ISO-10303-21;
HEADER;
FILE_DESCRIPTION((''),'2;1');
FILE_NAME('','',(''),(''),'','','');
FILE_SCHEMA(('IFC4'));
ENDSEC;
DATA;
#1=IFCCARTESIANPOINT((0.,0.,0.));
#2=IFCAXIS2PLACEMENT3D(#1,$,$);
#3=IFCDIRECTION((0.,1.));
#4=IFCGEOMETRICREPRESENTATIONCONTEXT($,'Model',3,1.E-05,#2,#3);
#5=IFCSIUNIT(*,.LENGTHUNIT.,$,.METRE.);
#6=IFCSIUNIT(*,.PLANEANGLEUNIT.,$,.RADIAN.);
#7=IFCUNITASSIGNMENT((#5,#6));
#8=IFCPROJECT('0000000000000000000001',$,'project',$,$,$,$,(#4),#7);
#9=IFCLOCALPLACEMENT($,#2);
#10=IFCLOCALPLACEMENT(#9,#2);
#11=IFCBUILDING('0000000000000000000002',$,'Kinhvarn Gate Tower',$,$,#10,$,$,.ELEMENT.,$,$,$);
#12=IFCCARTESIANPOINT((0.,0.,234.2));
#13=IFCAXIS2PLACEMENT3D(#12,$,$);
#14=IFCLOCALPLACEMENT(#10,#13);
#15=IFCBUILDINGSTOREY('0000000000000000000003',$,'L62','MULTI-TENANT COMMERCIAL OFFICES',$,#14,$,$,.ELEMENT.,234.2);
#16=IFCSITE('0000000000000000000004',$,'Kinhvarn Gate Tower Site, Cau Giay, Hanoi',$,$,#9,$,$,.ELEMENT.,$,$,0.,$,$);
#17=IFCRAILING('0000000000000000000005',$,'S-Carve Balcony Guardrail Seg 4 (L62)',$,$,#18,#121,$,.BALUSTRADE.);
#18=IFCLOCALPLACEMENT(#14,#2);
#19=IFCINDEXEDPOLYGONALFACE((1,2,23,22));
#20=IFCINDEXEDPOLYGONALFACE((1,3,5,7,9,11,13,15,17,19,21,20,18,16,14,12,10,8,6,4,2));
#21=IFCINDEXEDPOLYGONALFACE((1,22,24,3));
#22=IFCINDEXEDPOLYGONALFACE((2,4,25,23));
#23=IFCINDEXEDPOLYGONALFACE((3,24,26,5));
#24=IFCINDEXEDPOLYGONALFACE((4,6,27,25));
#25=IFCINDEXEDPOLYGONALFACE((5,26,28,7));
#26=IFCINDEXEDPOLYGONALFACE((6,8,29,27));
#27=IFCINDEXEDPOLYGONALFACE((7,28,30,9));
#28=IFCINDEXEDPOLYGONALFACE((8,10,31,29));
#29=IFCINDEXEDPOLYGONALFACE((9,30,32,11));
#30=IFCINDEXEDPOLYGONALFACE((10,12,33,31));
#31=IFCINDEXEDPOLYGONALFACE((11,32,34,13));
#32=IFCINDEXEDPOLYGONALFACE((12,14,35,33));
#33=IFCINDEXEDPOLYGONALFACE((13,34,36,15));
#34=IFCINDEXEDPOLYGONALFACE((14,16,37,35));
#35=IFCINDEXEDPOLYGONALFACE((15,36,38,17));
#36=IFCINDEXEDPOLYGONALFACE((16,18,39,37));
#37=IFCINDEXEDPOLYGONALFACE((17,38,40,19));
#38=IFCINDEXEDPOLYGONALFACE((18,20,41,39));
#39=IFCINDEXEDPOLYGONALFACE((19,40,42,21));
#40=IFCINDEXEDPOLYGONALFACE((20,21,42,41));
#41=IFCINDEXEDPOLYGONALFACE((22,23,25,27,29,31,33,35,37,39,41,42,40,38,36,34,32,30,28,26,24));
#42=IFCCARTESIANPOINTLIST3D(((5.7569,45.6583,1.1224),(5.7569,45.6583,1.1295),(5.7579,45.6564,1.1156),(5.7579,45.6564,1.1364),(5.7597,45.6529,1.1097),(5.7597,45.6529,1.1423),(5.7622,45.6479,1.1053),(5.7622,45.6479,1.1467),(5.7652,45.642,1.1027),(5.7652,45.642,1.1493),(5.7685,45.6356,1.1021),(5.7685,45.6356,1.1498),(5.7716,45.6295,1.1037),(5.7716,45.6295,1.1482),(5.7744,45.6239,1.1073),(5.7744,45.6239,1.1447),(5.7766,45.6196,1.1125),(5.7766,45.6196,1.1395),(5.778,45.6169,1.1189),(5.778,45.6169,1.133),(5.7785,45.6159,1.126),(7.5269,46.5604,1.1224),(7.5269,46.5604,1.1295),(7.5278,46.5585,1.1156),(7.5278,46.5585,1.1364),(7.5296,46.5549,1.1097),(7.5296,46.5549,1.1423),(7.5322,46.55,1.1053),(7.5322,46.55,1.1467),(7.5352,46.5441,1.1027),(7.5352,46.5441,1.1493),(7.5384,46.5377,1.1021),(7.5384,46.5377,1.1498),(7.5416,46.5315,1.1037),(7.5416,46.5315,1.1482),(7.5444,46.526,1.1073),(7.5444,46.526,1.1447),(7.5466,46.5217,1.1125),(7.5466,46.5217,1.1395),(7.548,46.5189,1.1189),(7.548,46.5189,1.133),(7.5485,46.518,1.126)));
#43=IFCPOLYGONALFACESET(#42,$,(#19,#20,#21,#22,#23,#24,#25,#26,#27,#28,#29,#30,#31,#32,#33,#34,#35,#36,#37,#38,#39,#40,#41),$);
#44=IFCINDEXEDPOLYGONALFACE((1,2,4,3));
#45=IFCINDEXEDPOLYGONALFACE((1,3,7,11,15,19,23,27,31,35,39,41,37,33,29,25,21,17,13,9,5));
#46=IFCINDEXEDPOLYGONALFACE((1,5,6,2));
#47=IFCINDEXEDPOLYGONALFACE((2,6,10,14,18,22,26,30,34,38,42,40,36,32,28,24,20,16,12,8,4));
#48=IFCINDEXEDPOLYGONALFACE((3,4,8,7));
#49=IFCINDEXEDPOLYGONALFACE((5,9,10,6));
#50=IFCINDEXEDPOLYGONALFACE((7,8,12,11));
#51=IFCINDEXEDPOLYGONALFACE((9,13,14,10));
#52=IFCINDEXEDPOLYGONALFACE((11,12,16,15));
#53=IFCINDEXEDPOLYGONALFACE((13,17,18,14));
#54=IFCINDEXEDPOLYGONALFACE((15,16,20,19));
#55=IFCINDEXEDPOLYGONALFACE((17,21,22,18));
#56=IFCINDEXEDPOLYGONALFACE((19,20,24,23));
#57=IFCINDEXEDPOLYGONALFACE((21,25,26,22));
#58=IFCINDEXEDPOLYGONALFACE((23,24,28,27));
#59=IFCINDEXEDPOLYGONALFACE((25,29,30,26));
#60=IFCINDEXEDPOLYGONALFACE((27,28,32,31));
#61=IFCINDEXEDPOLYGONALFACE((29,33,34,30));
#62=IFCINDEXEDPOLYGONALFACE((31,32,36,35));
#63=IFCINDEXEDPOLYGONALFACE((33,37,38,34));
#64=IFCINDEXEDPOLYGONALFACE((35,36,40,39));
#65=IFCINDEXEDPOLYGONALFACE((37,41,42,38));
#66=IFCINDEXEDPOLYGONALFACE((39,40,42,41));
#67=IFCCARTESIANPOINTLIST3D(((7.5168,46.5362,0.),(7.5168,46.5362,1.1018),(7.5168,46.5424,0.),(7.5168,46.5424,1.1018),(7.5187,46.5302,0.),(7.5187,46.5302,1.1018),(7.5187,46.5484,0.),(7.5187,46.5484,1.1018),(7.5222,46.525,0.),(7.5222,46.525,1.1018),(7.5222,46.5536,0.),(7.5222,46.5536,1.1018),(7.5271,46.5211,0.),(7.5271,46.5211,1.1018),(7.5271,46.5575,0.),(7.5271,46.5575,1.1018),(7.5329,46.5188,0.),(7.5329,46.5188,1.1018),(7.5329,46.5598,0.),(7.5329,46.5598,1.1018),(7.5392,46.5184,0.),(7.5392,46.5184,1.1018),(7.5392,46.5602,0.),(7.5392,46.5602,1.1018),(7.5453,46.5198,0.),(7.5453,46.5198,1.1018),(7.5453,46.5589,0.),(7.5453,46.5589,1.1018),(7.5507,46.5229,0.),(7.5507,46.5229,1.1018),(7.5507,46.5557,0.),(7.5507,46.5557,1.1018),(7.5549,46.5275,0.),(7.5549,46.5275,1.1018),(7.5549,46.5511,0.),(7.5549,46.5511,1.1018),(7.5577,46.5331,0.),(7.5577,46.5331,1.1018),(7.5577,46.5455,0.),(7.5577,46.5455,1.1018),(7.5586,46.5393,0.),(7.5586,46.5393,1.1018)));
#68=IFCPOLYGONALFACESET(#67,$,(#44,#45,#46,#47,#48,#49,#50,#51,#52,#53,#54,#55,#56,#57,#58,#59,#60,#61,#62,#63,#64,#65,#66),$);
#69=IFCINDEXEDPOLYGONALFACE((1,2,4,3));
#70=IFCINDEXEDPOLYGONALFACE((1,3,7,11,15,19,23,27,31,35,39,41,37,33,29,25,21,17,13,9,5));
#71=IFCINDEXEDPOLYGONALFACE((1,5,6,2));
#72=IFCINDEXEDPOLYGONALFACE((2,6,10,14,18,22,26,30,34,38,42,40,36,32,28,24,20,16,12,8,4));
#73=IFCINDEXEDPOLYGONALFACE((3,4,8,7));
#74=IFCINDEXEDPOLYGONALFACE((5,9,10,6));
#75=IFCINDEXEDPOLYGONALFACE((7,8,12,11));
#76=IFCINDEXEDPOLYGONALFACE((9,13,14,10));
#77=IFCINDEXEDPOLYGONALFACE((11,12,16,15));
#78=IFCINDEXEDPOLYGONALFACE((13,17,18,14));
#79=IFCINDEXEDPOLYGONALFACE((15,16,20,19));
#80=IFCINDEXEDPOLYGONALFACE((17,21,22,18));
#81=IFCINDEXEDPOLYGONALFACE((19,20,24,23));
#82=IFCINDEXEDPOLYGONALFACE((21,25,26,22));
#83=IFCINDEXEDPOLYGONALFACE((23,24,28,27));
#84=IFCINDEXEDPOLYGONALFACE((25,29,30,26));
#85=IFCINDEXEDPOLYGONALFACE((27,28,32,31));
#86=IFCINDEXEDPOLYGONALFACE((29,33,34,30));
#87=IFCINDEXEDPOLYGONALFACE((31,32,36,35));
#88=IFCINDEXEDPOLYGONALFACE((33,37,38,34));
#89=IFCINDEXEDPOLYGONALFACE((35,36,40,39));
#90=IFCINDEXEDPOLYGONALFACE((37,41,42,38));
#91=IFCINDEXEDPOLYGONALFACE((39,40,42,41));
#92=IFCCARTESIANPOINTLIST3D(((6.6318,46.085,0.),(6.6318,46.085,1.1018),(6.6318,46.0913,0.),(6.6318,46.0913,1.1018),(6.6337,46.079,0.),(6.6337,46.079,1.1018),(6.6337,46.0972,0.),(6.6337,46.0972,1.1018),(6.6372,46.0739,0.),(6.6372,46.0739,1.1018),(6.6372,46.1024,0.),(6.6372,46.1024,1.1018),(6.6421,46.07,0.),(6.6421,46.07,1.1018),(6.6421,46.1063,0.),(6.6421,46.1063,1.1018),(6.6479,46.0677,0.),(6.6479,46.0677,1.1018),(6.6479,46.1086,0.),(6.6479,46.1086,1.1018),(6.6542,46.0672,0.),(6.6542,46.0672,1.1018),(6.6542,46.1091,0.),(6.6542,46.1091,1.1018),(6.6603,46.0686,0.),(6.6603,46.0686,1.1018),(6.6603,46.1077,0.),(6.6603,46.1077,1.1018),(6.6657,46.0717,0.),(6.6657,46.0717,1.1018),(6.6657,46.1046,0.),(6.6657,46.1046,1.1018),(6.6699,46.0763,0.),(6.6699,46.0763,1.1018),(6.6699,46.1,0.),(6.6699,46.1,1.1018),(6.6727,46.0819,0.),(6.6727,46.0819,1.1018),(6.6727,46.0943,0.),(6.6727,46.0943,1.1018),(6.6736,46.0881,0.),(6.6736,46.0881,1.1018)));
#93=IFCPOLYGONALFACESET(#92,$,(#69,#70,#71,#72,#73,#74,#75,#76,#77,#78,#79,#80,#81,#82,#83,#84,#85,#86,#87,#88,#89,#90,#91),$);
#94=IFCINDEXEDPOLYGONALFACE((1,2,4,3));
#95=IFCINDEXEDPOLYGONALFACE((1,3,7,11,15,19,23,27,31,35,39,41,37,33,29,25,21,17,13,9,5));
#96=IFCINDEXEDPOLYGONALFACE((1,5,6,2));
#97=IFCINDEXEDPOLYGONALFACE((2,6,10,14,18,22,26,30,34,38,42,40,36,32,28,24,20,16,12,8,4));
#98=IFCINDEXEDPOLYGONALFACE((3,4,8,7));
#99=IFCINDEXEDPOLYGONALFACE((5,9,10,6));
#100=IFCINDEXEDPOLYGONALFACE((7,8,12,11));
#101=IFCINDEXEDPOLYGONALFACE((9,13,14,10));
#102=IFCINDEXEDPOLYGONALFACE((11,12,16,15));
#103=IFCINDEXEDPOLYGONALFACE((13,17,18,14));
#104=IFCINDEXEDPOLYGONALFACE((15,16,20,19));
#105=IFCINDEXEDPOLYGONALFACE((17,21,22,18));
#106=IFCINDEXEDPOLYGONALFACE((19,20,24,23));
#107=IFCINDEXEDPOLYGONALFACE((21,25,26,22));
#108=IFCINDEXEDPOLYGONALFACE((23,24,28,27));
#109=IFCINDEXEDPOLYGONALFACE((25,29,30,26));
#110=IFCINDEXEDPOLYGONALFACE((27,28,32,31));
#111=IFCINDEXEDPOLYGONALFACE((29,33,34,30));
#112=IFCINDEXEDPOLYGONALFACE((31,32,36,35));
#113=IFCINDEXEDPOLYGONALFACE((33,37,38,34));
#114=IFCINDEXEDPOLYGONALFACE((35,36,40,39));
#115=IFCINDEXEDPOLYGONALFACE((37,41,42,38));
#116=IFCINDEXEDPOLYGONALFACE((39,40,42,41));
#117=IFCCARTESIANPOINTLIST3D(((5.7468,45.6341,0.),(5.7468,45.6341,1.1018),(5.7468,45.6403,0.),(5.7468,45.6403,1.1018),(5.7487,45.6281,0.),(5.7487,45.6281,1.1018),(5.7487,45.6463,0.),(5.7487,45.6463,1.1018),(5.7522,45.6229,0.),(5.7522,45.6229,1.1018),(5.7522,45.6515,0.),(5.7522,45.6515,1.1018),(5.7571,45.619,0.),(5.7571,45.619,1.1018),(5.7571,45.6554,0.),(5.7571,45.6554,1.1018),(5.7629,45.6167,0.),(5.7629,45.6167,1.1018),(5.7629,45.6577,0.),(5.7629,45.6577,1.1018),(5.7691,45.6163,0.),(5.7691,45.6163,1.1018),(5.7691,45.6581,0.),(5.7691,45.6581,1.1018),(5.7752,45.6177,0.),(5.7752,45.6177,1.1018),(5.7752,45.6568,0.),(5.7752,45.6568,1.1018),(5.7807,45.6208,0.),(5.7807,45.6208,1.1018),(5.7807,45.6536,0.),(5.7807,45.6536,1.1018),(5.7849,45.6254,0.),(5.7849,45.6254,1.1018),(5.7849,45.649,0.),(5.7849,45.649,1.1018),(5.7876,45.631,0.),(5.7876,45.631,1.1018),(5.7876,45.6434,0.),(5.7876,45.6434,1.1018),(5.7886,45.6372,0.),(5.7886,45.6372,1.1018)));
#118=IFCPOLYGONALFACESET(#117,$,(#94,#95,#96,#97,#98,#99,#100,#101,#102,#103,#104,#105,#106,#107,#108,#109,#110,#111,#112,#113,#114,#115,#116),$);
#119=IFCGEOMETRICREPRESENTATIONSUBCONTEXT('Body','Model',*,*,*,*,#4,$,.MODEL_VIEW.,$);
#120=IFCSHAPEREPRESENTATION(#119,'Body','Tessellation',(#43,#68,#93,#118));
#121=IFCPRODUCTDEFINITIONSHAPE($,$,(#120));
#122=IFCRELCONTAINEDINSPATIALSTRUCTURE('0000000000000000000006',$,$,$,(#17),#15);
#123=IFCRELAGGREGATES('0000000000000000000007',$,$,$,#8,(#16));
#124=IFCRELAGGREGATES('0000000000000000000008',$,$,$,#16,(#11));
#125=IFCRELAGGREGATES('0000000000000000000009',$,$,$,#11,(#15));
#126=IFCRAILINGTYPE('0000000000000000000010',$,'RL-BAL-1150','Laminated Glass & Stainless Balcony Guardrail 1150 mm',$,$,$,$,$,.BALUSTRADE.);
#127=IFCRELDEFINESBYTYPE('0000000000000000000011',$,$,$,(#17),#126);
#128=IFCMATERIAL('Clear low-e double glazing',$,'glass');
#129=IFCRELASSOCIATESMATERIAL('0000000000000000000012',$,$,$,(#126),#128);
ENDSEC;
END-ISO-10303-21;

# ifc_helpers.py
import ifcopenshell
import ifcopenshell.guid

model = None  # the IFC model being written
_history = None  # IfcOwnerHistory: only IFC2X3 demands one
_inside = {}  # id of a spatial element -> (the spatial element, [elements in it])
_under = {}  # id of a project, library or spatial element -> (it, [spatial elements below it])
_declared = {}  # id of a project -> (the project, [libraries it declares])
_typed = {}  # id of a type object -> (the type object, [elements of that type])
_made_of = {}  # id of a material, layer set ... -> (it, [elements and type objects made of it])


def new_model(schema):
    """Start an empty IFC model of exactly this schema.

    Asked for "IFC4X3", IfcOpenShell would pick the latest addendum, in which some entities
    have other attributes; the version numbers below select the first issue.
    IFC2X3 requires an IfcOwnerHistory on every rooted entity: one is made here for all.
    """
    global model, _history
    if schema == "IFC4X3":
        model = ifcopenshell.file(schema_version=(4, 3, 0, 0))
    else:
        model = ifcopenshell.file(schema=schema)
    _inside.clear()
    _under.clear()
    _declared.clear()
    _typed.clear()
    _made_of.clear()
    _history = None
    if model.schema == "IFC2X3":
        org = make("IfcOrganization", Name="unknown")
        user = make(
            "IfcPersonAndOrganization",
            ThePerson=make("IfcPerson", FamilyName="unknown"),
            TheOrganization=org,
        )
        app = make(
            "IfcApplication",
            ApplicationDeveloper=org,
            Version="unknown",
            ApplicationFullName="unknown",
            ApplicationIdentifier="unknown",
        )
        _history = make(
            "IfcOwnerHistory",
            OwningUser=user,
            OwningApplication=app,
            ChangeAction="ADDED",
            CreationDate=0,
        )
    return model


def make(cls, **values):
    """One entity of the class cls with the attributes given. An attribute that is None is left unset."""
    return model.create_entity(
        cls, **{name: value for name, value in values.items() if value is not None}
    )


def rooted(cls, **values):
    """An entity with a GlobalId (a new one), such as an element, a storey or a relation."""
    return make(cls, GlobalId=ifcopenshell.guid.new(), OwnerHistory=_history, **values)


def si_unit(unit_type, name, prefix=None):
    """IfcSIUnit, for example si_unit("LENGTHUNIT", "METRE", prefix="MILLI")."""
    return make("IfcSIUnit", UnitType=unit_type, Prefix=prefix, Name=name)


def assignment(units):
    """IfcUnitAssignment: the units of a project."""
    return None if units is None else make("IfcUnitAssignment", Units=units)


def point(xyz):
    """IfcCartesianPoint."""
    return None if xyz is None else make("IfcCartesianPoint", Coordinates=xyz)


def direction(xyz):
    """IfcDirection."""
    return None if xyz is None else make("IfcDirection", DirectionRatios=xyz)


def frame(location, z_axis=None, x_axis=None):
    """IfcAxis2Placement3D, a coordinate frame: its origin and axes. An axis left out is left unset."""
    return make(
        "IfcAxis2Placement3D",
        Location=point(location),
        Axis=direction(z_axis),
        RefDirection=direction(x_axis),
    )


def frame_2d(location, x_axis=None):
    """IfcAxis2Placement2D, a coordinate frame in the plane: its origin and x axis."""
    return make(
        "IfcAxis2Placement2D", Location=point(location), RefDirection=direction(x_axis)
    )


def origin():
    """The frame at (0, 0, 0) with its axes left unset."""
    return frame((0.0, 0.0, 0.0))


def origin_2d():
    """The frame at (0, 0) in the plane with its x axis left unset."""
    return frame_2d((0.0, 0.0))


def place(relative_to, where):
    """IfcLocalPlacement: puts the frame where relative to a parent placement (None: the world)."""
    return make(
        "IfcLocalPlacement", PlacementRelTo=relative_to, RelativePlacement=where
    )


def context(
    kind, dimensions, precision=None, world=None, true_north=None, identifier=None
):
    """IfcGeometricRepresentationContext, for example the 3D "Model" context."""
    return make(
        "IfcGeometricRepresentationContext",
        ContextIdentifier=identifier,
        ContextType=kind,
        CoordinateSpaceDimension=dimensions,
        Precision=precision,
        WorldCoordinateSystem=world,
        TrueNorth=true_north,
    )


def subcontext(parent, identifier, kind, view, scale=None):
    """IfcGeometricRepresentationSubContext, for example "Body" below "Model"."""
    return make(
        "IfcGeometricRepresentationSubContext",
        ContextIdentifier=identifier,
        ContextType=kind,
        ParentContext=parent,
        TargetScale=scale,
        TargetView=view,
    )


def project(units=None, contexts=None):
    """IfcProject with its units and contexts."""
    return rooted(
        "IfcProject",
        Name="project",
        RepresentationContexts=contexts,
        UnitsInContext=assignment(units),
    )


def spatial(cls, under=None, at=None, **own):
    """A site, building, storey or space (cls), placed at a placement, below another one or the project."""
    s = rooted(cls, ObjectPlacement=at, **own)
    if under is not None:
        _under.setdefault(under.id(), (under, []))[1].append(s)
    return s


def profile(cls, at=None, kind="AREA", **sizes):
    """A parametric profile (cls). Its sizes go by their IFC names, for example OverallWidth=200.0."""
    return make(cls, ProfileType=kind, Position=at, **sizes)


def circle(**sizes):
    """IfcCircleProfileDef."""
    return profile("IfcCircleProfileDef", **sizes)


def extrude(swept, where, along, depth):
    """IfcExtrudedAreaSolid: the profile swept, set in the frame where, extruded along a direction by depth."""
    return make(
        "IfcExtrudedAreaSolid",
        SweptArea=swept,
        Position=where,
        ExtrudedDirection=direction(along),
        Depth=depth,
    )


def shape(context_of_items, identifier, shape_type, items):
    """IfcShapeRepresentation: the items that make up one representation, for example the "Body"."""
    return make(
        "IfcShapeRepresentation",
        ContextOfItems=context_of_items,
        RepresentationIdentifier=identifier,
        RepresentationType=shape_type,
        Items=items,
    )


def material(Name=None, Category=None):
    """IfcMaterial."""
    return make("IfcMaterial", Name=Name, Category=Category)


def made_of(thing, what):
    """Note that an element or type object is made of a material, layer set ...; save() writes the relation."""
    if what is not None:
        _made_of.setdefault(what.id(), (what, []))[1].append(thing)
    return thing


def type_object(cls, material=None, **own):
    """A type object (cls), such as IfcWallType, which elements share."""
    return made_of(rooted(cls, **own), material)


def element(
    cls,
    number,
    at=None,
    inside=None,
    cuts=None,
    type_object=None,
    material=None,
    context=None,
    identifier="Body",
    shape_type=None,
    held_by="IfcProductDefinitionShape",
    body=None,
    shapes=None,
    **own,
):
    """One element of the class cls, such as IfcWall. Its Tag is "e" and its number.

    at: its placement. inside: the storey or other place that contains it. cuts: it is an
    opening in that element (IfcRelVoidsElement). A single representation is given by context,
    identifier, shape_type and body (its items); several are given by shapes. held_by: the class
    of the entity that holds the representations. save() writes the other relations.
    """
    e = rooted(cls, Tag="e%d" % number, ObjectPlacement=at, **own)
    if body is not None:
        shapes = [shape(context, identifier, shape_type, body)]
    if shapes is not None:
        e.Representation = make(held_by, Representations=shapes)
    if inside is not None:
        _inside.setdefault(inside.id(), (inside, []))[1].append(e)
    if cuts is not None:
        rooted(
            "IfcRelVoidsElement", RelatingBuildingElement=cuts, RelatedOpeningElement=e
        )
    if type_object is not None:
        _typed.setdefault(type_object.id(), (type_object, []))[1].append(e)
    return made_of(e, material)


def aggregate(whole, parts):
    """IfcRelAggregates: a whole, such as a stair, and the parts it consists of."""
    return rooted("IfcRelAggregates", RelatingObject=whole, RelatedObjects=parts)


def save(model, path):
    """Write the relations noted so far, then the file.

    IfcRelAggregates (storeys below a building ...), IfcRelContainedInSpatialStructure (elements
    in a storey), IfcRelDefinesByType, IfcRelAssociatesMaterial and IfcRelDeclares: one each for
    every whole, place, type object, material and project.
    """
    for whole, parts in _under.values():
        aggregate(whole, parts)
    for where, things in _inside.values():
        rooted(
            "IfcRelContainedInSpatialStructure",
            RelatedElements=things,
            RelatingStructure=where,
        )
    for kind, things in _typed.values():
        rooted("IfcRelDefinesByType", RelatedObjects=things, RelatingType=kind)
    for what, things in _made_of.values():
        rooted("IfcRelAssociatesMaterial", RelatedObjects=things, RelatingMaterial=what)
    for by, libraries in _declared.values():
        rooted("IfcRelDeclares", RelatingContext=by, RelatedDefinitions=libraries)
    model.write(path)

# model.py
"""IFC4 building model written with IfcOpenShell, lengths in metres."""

from ifc_helpers import new_model, si_unit, direction, frame, origin, origin_2d, place, context, subcontext, project, spatial, circle, extrude, material, type_object, element, save


model = new_model("IFC4")

# Units and contexts
model_context = context("Model", 3, precision=1e-05, world=origin(), true_north=direction((0.0, 1.0)))
body_context = subcontext(model_context, "Body", "Model", "MODEL_VIEW")
ifc_project = project(units=[si_unit("LENGTHUNIT", "METRE"), si_unit("PLANEANGLEUNIT", "RADIAN")], contexts=[model_context])

# Site, building, storey
site_placement = place(None, origin())
site = spatial("IfcSite", under=ifc_project, at=site_placement, Name="Kinhvarn Gate Tower Site, Cau Giay, Hanoi", CompositionType="ELEMENT", RefElevation=0.0)
building_placement = place(site_placement, origin())
building = spatial("IfcBuilding", under=site, at=building_placement, Name="Kinhvarn Gate Tower", CompositionType="ELEMENT")
storey_placement = place(building_placement, frame((0.0, 0.0, 234.2)))
storey = spatial("IfcBuildingStorey", under=building, at=storey_placement, Name="L62", Description="MULTI-TENANT COMMERCIAL OFFICES", CompositionType="ELEMENT", Elevation=234.2)

# Shared definitions
ifc_material_1 = material(Name="Clear low-e double glazing", Category="glass")

# Railing
railing_type = type_object("IfcRailingType", Name="RL-BAL-1150", Description="Laminated Glass & Stainless Balcony Guardrail 1150 mm", PredefinedType="BALUSTRADE", material=ifc_material_1)
railing_1_placement = place(storey_placement, frame((7.5376, 46.5393, 0.0)))
element("IfcRailing", 1, at=railing_1_placement, inside=storey, type_object=railing_type, Name="S-Carve Balcony Guardrail Seg 4 (L62)", PredefinedType="BALUSTRADE", context=body_context, shape_type="SweptSolid", body=[
    extrude(circle(Radius=0.0239, at=origin_2d()), frame((0.0, 0.0, 1.126), z_axis=(-0.89096, -0.454082, 0.0), x_axis=(0.454082, -0.89096, 0.0)), (0.0, 0.0, 1.0), 1.9866),
    extrude(circle(Radius=0.021, at=origin_2d()), origin(), (0.0, 0.0, 1.0), 1.1018),
    extrude(circle(Radius=0.021, at=origin_2d()), frame((-0.885, -0.4512, 0.0)), (0.0, 0.0, 1.0), 1.1018),
    extrude(circle(Radius=0.021, at=origin_2d()), frame((-1.77, -0.9021, 0.0)), (0.0, 0.0, 1.0), 1.1018),
])

save(model, "model.ifc")
